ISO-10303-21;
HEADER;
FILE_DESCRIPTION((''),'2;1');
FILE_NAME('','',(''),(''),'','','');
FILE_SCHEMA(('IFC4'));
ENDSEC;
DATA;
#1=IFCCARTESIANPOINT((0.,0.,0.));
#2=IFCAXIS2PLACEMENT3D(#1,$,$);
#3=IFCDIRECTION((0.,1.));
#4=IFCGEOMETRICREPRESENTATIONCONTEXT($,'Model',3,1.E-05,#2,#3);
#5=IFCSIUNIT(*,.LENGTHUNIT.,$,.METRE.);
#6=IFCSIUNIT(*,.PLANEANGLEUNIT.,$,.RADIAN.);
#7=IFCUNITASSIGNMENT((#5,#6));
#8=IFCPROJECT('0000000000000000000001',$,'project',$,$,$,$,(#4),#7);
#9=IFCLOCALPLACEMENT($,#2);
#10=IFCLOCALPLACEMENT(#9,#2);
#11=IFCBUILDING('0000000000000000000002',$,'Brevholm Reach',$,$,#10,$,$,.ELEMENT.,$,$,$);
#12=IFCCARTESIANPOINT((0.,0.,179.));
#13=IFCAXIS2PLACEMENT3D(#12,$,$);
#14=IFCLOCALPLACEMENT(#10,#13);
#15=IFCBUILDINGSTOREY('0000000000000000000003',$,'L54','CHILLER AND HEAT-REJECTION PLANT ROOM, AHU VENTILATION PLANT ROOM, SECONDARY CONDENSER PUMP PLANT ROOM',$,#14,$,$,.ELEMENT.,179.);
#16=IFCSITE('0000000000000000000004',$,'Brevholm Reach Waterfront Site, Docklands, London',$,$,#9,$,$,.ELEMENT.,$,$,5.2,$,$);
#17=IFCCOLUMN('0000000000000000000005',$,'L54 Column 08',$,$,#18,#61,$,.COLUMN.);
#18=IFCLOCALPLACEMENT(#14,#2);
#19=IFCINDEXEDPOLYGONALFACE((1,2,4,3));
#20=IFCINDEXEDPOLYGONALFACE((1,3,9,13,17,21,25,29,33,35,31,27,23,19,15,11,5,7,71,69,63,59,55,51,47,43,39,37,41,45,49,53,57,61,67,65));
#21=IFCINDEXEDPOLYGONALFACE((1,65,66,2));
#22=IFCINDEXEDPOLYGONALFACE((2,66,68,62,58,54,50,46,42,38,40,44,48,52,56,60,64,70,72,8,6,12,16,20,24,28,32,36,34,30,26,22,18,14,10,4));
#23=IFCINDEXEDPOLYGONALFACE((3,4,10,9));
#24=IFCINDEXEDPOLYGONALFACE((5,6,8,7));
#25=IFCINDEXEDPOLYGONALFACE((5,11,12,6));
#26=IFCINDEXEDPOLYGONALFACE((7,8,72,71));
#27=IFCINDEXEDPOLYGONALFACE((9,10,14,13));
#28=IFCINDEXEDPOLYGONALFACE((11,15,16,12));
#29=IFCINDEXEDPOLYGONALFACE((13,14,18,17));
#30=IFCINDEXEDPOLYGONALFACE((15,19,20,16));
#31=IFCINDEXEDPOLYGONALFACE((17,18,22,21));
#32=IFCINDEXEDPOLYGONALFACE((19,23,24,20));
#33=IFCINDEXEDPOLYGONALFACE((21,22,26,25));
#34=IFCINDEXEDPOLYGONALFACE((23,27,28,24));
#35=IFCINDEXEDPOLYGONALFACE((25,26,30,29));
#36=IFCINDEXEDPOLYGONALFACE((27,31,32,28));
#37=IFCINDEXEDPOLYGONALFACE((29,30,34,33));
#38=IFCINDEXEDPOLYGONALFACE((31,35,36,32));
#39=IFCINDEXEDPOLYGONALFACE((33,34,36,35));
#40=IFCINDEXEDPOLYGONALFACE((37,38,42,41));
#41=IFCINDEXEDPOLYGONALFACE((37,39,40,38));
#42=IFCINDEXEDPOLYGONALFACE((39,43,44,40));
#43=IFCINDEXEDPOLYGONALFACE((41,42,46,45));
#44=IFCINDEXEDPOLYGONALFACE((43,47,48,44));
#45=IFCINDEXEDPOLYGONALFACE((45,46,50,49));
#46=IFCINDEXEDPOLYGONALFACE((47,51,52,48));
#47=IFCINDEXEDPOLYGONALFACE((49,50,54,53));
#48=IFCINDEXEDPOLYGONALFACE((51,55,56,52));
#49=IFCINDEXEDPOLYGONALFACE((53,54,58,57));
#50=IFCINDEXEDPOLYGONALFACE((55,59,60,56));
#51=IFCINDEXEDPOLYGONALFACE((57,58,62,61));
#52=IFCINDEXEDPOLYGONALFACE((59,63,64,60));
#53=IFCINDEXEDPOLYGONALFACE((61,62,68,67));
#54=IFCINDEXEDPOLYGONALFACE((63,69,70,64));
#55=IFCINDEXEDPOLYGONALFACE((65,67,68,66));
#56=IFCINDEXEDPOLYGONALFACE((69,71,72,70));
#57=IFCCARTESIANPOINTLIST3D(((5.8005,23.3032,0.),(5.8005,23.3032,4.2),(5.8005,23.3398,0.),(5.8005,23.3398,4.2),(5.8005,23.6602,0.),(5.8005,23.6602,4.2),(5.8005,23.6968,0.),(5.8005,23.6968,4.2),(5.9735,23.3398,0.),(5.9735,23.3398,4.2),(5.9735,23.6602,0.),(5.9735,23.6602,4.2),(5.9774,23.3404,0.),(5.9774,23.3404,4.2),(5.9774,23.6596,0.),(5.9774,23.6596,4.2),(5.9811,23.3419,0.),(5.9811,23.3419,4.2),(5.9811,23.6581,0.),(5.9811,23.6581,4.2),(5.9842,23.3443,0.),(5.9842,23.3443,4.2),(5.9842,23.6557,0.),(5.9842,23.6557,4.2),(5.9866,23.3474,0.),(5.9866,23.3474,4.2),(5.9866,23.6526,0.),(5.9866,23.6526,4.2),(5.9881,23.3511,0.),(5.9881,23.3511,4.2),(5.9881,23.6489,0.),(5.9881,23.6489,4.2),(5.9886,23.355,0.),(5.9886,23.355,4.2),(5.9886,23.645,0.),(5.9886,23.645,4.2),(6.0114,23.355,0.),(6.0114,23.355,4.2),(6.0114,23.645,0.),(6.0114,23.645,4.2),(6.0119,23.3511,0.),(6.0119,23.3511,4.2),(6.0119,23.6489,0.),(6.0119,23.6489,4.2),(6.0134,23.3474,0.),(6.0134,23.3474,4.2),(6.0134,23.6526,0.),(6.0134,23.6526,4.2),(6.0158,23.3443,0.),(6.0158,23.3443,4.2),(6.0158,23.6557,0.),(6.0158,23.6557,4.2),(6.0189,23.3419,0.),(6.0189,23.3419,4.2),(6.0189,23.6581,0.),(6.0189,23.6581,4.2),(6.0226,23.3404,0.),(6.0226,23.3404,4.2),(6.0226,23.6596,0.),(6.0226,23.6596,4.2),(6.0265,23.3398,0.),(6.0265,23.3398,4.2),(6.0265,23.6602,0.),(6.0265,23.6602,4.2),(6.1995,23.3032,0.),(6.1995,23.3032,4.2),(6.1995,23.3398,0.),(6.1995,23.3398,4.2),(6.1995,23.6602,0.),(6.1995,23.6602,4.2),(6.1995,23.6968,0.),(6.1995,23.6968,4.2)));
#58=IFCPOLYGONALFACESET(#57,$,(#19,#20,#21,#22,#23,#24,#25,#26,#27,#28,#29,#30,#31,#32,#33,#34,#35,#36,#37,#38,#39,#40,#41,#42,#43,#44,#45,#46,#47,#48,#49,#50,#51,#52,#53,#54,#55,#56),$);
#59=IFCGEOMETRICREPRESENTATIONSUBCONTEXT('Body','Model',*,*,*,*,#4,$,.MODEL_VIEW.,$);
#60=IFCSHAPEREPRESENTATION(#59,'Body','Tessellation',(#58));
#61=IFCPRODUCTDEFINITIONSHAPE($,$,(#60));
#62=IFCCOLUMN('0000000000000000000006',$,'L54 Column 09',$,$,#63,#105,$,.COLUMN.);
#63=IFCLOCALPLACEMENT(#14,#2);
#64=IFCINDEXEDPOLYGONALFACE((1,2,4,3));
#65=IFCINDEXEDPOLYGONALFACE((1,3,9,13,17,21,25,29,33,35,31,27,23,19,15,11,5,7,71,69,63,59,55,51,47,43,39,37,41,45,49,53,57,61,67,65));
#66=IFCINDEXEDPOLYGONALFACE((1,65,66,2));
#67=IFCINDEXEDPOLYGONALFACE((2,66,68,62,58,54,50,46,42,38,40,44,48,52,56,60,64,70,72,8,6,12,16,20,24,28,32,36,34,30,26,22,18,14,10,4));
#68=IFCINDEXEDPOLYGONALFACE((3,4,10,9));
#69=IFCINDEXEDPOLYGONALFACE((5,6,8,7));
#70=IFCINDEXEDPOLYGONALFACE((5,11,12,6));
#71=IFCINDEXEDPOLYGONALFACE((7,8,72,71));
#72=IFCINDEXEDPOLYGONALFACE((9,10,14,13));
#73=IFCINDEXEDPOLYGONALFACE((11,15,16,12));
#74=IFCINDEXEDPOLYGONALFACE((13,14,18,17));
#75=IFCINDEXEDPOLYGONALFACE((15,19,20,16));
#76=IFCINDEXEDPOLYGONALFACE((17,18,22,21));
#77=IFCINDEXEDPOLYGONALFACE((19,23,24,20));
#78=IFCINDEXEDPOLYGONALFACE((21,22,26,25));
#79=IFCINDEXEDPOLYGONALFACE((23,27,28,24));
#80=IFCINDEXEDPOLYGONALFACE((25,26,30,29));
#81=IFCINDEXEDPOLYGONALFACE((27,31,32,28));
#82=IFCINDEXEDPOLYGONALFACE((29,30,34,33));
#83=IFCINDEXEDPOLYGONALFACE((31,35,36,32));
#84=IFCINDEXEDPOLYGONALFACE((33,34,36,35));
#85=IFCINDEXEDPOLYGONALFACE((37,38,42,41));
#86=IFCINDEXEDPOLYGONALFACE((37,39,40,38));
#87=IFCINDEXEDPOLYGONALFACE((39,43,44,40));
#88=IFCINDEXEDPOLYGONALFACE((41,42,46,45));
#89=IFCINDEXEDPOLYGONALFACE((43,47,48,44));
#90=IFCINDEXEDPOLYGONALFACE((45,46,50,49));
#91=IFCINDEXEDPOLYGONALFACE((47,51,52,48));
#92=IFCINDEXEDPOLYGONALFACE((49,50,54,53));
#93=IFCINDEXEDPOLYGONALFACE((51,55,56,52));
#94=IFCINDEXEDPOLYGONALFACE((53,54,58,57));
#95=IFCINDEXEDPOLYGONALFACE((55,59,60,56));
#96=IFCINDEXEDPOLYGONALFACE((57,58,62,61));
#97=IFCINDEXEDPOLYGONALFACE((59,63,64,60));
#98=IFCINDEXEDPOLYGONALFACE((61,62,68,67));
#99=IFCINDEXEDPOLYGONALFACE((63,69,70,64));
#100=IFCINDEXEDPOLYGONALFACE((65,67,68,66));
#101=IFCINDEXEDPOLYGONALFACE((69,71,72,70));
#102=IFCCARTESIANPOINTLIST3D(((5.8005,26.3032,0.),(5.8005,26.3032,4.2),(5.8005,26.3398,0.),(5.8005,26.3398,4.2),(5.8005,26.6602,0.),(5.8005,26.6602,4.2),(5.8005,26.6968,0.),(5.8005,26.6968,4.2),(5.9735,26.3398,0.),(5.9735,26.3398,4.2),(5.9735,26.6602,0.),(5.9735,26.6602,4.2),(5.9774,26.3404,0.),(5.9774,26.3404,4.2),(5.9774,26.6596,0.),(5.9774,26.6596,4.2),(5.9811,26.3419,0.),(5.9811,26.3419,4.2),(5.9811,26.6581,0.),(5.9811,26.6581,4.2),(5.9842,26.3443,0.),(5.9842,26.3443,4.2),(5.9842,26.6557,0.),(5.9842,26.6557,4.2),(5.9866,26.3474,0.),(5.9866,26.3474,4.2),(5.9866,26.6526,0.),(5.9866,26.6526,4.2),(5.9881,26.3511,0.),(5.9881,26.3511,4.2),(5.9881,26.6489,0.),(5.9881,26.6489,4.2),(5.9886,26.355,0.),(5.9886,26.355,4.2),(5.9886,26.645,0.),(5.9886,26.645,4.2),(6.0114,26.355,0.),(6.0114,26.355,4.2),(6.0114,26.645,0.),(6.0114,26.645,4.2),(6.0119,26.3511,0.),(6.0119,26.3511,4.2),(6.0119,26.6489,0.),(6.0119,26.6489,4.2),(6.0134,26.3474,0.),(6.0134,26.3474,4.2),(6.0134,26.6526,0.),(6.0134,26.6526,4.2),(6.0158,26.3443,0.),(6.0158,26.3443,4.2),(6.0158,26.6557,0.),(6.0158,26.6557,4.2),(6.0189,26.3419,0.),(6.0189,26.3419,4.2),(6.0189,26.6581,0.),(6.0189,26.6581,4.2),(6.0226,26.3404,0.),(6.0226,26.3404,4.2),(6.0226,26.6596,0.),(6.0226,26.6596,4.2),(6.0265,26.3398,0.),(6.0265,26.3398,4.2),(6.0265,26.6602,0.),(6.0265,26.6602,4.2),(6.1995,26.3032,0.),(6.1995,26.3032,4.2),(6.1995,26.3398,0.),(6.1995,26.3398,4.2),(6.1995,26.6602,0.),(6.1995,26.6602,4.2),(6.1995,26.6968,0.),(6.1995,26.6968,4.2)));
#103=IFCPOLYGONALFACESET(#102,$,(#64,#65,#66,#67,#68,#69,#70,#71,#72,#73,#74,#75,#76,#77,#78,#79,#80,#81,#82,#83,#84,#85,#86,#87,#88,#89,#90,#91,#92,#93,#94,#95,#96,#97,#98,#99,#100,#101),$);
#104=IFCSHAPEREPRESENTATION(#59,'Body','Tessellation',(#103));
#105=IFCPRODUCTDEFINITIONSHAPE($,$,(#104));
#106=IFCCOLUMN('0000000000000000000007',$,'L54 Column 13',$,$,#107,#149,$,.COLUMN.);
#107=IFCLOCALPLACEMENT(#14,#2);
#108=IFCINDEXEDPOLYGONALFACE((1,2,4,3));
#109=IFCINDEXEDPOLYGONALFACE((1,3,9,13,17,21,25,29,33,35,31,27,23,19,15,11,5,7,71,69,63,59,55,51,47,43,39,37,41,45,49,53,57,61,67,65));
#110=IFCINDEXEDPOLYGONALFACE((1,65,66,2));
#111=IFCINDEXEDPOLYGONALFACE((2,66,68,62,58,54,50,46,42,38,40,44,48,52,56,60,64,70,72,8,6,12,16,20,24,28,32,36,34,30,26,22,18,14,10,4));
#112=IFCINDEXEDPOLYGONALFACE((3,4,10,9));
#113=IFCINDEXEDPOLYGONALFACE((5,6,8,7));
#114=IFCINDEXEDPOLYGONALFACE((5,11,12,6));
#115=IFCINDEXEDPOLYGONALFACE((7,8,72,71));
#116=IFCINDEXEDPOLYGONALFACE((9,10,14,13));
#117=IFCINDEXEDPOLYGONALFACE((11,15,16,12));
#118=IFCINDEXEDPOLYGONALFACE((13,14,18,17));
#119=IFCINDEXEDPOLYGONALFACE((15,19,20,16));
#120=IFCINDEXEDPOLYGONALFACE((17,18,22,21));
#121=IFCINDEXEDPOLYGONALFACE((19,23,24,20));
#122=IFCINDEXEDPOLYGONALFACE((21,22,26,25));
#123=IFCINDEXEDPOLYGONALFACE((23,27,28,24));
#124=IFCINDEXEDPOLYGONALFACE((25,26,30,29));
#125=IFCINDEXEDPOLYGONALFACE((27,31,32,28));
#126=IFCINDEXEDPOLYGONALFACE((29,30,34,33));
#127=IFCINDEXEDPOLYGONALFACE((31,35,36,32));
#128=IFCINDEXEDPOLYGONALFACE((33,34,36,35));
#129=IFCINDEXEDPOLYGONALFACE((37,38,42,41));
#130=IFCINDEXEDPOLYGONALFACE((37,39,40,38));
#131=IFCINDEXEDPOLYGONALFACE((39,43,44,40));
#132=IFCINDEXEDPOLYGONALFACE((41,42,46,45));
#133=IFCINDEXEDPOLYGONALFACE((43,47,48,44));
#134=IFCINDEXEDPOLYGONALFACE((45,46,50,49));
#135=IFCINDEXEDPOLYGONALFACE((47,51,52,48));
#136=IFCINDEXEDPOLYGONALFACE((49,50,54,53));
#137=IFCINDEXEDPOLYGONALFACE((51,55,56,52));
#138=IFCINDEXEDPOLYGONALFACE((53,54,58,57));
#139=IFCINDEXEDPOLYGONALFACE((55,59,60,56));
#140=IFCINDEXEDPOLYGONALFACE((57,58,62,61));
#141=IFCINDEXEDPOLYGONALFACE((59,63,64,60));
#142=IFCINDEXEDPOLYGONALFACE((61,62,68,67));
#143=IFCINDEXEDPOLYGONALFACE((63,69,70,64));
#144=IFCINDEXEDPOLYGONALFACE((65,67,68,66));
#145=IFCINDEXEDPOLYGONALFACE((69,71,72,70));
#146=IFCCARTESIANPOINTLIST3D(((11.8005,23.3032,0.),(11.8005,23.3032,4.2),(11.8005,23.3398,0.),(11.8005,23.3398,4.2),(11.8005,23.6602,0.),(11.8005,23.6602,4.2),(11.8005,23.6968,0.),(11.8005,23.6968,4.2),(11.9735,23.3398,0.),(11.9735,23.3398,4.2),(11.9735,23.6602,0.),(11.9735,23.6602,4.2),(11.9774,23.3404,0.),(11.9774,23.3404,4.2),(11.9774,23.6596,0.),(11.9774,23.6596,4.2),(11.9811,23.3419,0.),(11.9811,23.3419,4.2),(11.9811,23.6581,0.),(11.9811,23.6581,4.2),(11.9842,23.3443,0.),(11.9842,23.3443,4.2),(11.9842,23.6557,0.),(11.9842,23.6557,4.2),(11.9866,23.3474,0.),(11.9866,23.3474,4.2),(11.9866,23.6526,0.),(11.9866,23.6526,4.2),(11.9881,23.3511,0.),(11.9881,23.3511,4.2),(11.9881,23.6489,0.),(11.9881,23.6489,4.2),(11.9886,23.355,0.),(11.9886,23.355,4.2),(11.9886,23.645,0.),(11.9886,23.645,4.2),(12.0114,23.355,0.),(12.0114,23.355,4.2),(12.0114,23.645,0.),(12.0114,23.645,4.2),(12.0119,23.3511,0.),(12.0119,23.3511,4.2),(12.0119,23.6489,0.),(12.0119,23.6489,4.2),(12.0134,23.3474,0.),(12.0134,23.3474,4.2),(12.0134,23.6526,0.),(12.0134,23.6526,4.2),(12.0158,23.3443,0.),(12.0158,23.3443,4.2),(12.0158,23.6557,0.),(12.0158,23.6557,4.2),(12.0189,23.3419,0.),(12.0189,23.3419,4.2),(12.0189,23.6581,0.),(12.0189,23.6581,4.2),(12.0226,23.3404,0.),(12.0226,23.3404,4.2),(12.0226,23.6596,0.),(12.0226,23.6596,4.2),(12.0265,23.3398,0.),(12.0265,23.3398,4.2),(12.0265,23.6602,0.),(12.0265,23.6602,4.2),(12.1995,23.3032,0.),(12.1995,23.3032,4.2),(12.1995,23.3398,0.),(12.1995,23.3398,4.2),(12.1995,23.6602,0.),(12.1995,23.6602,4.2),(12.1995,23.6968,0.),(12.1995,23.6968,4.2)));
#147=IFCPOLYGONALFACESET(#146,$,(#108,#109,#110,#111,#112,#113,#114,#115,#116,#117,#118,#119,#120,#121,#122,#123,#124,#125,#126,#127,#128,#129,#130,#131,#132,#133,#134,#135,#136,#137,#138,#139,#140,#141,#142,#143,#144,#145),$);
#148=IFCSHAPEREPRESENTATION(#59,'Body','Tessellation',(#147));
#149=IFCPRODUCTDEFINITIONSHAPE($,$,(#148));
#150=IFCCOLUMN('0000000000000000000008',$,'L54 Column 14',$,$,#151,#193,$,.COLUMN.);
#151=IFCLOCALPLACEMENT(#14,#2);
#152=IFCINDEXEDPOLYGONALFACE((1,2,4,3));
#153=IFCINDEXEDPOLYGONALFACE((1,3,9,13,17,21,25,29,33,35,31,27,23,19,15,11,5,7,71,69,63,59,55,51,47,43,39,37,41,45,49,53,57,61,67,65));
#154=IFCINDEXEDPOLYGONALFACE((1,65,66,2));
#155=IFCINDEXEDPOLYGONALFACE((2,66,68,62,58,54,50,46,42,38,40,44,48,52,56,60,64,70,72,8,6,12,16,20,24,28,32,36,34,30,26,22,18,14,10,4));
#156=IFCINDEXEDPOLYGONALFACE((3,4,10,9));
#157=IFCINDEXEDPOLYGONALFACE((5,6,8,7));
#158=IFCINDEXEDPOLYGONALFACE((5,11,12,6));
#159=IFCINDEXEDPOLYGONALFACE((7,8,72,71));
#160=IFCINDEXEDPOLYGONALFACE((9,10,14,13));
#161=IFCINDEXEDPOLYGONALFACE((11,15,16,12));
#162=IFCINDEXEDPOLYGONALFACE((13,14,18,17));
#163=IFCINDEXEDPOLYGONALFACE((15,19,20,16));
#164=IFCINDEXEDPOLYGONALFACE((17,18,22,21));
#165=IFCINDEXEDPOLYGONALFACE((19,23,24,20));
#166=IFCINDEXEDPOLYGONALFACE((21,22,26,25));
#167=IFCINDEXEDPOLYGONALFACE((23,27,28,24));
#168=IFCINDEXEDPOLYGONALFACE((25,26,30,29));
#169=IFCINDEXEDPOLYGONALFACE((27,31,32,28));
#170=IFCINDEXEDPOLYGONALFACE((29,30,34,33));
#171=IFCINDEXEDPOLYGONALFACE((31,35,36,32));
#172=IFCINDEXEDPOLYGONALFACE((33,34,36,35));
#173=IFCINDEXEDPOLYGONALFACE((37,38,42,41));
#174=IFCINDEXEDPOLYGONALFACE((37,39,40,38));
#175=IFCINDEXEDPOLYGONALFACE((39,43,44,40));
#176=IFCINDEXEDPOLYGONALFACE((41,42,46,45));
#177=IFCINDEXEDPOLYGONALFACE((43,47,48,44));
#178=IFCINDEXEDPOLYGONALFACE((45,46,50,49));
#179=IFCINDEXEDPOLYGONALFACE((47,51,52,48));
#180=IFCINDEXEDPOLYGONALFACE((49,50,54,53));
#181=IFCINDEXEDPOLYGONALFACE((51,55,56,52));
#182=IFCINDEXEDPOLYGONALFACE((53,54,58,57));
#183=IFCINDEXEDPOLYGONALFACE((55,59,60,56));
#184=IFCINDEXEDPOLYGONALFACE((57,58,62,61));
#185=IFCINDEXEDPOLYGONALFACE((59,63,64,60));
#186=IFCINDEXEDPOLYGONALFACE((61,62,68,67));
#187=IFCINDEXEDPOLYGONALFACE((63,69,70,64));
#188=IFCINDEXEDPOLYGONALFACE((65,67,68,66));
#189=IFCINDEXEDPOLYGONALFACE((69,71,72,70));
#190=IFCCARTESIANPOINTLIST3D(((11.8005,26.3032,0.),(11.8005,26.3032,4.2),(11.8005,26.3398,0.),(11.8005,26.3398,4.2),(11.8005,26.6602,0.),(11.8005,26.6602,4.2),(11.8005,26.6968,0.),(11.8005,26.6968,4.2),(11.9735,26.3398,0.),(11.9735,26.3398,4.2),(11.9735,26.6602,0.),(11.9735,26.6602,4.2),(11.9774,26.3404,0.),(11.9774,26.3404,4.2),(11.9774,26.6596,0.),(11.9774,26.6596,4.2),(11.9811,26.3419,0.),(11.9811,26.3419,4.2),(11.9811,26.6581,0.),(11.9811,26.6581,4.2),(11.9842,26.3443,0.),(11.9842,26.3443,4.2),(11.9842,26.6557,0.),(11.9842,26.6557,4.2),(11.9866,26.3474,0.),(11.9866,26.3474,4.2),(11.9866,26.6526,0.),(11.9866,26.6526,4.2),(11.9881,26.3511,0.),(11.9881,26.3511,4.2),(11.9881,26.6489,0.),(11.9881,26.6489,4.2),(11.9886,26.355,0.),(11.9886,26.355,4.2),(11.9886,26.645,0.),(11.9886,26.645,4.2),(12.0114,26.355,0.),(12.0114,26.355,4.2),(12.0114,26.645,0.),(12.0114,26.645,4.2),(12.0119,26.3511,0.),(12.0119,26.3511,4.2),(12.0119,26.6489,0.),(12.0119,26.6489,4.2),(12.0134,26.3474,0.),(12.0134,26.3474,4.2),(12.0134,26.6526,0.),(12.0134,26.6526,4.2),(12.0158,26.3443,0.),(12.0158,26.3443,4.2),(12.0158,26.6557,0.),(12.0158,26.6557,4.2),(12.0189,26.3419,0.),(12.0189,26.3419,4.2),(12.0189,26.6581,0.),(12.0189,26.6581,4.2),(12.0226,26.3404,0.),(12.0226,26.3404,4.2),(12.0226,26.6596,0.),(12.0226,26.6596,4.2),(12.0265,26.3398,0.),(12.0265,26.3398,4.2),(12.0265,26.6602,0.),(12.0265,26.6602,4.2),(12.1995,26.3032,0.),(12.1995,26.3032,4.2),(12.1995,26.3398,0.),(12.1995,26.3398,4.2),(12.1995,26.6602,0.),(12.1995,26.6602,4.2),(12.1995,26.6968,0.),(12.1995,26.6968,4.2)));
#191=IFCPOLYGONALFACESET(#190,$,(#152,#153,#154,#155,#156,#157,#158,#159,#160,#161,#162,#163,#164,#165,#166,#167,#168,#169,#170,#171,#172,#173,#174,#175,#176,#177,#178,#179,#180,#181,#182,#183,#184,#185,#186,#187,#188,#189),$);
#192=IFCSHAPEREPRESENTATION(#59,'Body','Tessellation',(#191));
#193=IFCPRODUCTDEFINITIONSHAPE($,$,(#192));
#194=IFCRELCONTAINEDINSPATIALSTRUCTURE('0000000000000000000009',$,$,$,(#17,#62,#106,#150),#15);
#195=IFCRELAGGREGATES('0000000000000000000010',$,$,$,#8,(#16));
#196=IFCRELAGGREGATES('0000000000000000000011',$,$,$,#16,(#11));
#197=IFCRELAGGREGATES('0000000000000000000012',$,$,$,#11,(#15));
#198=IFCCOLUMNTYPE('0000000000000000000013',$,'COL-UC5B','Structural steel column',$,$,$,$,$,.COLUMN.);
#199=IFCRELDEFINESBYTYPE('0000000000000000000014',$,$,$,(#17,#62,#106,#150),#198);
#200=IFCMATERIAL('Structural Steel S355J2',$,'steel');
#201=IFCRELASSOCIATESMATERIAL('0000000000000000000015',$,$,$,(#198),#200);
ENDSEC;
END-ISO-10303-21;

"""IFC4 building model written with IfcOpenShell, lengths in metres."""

from ifc_helpers import new_model, si_unit, direction, frame, origin, origin_2d, place, context, subcontext, project, spatial, i_section, extrude, material, material_profile, profile_set, type_object, element, save


model = new_model("IFC4")

# Units and contexts
model_context = context("Model", 3, precision=1e-05, world=origin(), true_north=direction((0.0, 1.0)))
body_context = subcontext(model_context, "Body", "Model", "MODEL_VIEW")
ifc_project = project(units=[si_unit("LENGTHUNIT", "METRE"), si_unit("PLANEANGLEUNIT", "RADIAN")], contexts=[model_context])

# Site, building, storey
site_placement = place(None, origin())
site = spatial("IfcSite", under=ifc_project, at=site_placement, Name="Brevholm Reach Waterfront Site, Docklands, London", CompositionType="ELEMENT", RefElevation=5.2)
building_placement = place(site_placement, origin())
building = spatial("IfcBuilding", under=site, at=building_placement, Name="Brevholm Reach", CompositionType="ELEMENT")
storey_placement = place(building_placement, frame((0.0, 0.0, 179.0)))
storey = spatial("IfcBuildingStorey", under=building, at=storey_placement, Name="L54", Description="CHILLER AND HEAT-REJECTION PLANT ROOM, AHU VENTILATION PLANT ROOM, SECONDARY CONDENSER PUMP PLANT ROOM", CompositionType="ELEMENT", Elevation=179.0)

# Columns
ifc_material_1 = material(Name="Structural Steel S355J2", Category="steel")
ifc_material_profile_1 = material_profile(ifc_material_1, i_section(OverallWidth=0.3989, OverallDepth=0.3936, WebThickness=0.0227, FlangeThickness=0.0366, FilletRadius=0.0151, at=origin_2d()), Name="UKC 356x406x287")
ifc_profile_set_1 = profile_set([ifc_material_profile_1], Name="Structural Steel S355J2")
column_type = type_object("IfcColumnType", Name="COL-UC5B", Description="Structural steel column", PredefinedType="COLUMN", material=ifc_profile_set_1)
for number, where, z_axis, x_axis, name in (
    (1, (6.0, 23.5, 0.0), (0.0, 0.0, 1.0), (1.0, 0.0, 0.0), "L54 Column 08"),
    (2, (6.0, 26.5, 0.0), (0.0, 0.0, 1.0), (1.0, 0.0, 0.0), "L54 Column 09"),
    (3, (12.0, 23.5, 0.0), (0.0, 0.0, 1.0), (1.0, 0.0, 0.0), "L54 Column 13"),
    (4, (12.0, 26.5, 0.0), (0.0, 0.0, 1.0), (1.0, 0.0, 0.0), "L54 Column 14"),
):
    element("IfcColumn", number, at=place(storey_placement, frame(where, z_axis=z_axis, x_axis=x_axis)), inside=storey, type_object=column_type, Name=name, PredefinedType="COLUMN", context=body_context, shape_type="SweptSolid", body=[
        extrude(i_section(OverallWidth=0.3989, OverallDepth=0.3936, WebThickness=0.0227, FlangeThickness=0.0366, FilletRadius=0.0151, at=origin_2d()), origin(), (0.0, 0.0, 1.0), 4.2),
    ])

save(model, "model.ifc")
